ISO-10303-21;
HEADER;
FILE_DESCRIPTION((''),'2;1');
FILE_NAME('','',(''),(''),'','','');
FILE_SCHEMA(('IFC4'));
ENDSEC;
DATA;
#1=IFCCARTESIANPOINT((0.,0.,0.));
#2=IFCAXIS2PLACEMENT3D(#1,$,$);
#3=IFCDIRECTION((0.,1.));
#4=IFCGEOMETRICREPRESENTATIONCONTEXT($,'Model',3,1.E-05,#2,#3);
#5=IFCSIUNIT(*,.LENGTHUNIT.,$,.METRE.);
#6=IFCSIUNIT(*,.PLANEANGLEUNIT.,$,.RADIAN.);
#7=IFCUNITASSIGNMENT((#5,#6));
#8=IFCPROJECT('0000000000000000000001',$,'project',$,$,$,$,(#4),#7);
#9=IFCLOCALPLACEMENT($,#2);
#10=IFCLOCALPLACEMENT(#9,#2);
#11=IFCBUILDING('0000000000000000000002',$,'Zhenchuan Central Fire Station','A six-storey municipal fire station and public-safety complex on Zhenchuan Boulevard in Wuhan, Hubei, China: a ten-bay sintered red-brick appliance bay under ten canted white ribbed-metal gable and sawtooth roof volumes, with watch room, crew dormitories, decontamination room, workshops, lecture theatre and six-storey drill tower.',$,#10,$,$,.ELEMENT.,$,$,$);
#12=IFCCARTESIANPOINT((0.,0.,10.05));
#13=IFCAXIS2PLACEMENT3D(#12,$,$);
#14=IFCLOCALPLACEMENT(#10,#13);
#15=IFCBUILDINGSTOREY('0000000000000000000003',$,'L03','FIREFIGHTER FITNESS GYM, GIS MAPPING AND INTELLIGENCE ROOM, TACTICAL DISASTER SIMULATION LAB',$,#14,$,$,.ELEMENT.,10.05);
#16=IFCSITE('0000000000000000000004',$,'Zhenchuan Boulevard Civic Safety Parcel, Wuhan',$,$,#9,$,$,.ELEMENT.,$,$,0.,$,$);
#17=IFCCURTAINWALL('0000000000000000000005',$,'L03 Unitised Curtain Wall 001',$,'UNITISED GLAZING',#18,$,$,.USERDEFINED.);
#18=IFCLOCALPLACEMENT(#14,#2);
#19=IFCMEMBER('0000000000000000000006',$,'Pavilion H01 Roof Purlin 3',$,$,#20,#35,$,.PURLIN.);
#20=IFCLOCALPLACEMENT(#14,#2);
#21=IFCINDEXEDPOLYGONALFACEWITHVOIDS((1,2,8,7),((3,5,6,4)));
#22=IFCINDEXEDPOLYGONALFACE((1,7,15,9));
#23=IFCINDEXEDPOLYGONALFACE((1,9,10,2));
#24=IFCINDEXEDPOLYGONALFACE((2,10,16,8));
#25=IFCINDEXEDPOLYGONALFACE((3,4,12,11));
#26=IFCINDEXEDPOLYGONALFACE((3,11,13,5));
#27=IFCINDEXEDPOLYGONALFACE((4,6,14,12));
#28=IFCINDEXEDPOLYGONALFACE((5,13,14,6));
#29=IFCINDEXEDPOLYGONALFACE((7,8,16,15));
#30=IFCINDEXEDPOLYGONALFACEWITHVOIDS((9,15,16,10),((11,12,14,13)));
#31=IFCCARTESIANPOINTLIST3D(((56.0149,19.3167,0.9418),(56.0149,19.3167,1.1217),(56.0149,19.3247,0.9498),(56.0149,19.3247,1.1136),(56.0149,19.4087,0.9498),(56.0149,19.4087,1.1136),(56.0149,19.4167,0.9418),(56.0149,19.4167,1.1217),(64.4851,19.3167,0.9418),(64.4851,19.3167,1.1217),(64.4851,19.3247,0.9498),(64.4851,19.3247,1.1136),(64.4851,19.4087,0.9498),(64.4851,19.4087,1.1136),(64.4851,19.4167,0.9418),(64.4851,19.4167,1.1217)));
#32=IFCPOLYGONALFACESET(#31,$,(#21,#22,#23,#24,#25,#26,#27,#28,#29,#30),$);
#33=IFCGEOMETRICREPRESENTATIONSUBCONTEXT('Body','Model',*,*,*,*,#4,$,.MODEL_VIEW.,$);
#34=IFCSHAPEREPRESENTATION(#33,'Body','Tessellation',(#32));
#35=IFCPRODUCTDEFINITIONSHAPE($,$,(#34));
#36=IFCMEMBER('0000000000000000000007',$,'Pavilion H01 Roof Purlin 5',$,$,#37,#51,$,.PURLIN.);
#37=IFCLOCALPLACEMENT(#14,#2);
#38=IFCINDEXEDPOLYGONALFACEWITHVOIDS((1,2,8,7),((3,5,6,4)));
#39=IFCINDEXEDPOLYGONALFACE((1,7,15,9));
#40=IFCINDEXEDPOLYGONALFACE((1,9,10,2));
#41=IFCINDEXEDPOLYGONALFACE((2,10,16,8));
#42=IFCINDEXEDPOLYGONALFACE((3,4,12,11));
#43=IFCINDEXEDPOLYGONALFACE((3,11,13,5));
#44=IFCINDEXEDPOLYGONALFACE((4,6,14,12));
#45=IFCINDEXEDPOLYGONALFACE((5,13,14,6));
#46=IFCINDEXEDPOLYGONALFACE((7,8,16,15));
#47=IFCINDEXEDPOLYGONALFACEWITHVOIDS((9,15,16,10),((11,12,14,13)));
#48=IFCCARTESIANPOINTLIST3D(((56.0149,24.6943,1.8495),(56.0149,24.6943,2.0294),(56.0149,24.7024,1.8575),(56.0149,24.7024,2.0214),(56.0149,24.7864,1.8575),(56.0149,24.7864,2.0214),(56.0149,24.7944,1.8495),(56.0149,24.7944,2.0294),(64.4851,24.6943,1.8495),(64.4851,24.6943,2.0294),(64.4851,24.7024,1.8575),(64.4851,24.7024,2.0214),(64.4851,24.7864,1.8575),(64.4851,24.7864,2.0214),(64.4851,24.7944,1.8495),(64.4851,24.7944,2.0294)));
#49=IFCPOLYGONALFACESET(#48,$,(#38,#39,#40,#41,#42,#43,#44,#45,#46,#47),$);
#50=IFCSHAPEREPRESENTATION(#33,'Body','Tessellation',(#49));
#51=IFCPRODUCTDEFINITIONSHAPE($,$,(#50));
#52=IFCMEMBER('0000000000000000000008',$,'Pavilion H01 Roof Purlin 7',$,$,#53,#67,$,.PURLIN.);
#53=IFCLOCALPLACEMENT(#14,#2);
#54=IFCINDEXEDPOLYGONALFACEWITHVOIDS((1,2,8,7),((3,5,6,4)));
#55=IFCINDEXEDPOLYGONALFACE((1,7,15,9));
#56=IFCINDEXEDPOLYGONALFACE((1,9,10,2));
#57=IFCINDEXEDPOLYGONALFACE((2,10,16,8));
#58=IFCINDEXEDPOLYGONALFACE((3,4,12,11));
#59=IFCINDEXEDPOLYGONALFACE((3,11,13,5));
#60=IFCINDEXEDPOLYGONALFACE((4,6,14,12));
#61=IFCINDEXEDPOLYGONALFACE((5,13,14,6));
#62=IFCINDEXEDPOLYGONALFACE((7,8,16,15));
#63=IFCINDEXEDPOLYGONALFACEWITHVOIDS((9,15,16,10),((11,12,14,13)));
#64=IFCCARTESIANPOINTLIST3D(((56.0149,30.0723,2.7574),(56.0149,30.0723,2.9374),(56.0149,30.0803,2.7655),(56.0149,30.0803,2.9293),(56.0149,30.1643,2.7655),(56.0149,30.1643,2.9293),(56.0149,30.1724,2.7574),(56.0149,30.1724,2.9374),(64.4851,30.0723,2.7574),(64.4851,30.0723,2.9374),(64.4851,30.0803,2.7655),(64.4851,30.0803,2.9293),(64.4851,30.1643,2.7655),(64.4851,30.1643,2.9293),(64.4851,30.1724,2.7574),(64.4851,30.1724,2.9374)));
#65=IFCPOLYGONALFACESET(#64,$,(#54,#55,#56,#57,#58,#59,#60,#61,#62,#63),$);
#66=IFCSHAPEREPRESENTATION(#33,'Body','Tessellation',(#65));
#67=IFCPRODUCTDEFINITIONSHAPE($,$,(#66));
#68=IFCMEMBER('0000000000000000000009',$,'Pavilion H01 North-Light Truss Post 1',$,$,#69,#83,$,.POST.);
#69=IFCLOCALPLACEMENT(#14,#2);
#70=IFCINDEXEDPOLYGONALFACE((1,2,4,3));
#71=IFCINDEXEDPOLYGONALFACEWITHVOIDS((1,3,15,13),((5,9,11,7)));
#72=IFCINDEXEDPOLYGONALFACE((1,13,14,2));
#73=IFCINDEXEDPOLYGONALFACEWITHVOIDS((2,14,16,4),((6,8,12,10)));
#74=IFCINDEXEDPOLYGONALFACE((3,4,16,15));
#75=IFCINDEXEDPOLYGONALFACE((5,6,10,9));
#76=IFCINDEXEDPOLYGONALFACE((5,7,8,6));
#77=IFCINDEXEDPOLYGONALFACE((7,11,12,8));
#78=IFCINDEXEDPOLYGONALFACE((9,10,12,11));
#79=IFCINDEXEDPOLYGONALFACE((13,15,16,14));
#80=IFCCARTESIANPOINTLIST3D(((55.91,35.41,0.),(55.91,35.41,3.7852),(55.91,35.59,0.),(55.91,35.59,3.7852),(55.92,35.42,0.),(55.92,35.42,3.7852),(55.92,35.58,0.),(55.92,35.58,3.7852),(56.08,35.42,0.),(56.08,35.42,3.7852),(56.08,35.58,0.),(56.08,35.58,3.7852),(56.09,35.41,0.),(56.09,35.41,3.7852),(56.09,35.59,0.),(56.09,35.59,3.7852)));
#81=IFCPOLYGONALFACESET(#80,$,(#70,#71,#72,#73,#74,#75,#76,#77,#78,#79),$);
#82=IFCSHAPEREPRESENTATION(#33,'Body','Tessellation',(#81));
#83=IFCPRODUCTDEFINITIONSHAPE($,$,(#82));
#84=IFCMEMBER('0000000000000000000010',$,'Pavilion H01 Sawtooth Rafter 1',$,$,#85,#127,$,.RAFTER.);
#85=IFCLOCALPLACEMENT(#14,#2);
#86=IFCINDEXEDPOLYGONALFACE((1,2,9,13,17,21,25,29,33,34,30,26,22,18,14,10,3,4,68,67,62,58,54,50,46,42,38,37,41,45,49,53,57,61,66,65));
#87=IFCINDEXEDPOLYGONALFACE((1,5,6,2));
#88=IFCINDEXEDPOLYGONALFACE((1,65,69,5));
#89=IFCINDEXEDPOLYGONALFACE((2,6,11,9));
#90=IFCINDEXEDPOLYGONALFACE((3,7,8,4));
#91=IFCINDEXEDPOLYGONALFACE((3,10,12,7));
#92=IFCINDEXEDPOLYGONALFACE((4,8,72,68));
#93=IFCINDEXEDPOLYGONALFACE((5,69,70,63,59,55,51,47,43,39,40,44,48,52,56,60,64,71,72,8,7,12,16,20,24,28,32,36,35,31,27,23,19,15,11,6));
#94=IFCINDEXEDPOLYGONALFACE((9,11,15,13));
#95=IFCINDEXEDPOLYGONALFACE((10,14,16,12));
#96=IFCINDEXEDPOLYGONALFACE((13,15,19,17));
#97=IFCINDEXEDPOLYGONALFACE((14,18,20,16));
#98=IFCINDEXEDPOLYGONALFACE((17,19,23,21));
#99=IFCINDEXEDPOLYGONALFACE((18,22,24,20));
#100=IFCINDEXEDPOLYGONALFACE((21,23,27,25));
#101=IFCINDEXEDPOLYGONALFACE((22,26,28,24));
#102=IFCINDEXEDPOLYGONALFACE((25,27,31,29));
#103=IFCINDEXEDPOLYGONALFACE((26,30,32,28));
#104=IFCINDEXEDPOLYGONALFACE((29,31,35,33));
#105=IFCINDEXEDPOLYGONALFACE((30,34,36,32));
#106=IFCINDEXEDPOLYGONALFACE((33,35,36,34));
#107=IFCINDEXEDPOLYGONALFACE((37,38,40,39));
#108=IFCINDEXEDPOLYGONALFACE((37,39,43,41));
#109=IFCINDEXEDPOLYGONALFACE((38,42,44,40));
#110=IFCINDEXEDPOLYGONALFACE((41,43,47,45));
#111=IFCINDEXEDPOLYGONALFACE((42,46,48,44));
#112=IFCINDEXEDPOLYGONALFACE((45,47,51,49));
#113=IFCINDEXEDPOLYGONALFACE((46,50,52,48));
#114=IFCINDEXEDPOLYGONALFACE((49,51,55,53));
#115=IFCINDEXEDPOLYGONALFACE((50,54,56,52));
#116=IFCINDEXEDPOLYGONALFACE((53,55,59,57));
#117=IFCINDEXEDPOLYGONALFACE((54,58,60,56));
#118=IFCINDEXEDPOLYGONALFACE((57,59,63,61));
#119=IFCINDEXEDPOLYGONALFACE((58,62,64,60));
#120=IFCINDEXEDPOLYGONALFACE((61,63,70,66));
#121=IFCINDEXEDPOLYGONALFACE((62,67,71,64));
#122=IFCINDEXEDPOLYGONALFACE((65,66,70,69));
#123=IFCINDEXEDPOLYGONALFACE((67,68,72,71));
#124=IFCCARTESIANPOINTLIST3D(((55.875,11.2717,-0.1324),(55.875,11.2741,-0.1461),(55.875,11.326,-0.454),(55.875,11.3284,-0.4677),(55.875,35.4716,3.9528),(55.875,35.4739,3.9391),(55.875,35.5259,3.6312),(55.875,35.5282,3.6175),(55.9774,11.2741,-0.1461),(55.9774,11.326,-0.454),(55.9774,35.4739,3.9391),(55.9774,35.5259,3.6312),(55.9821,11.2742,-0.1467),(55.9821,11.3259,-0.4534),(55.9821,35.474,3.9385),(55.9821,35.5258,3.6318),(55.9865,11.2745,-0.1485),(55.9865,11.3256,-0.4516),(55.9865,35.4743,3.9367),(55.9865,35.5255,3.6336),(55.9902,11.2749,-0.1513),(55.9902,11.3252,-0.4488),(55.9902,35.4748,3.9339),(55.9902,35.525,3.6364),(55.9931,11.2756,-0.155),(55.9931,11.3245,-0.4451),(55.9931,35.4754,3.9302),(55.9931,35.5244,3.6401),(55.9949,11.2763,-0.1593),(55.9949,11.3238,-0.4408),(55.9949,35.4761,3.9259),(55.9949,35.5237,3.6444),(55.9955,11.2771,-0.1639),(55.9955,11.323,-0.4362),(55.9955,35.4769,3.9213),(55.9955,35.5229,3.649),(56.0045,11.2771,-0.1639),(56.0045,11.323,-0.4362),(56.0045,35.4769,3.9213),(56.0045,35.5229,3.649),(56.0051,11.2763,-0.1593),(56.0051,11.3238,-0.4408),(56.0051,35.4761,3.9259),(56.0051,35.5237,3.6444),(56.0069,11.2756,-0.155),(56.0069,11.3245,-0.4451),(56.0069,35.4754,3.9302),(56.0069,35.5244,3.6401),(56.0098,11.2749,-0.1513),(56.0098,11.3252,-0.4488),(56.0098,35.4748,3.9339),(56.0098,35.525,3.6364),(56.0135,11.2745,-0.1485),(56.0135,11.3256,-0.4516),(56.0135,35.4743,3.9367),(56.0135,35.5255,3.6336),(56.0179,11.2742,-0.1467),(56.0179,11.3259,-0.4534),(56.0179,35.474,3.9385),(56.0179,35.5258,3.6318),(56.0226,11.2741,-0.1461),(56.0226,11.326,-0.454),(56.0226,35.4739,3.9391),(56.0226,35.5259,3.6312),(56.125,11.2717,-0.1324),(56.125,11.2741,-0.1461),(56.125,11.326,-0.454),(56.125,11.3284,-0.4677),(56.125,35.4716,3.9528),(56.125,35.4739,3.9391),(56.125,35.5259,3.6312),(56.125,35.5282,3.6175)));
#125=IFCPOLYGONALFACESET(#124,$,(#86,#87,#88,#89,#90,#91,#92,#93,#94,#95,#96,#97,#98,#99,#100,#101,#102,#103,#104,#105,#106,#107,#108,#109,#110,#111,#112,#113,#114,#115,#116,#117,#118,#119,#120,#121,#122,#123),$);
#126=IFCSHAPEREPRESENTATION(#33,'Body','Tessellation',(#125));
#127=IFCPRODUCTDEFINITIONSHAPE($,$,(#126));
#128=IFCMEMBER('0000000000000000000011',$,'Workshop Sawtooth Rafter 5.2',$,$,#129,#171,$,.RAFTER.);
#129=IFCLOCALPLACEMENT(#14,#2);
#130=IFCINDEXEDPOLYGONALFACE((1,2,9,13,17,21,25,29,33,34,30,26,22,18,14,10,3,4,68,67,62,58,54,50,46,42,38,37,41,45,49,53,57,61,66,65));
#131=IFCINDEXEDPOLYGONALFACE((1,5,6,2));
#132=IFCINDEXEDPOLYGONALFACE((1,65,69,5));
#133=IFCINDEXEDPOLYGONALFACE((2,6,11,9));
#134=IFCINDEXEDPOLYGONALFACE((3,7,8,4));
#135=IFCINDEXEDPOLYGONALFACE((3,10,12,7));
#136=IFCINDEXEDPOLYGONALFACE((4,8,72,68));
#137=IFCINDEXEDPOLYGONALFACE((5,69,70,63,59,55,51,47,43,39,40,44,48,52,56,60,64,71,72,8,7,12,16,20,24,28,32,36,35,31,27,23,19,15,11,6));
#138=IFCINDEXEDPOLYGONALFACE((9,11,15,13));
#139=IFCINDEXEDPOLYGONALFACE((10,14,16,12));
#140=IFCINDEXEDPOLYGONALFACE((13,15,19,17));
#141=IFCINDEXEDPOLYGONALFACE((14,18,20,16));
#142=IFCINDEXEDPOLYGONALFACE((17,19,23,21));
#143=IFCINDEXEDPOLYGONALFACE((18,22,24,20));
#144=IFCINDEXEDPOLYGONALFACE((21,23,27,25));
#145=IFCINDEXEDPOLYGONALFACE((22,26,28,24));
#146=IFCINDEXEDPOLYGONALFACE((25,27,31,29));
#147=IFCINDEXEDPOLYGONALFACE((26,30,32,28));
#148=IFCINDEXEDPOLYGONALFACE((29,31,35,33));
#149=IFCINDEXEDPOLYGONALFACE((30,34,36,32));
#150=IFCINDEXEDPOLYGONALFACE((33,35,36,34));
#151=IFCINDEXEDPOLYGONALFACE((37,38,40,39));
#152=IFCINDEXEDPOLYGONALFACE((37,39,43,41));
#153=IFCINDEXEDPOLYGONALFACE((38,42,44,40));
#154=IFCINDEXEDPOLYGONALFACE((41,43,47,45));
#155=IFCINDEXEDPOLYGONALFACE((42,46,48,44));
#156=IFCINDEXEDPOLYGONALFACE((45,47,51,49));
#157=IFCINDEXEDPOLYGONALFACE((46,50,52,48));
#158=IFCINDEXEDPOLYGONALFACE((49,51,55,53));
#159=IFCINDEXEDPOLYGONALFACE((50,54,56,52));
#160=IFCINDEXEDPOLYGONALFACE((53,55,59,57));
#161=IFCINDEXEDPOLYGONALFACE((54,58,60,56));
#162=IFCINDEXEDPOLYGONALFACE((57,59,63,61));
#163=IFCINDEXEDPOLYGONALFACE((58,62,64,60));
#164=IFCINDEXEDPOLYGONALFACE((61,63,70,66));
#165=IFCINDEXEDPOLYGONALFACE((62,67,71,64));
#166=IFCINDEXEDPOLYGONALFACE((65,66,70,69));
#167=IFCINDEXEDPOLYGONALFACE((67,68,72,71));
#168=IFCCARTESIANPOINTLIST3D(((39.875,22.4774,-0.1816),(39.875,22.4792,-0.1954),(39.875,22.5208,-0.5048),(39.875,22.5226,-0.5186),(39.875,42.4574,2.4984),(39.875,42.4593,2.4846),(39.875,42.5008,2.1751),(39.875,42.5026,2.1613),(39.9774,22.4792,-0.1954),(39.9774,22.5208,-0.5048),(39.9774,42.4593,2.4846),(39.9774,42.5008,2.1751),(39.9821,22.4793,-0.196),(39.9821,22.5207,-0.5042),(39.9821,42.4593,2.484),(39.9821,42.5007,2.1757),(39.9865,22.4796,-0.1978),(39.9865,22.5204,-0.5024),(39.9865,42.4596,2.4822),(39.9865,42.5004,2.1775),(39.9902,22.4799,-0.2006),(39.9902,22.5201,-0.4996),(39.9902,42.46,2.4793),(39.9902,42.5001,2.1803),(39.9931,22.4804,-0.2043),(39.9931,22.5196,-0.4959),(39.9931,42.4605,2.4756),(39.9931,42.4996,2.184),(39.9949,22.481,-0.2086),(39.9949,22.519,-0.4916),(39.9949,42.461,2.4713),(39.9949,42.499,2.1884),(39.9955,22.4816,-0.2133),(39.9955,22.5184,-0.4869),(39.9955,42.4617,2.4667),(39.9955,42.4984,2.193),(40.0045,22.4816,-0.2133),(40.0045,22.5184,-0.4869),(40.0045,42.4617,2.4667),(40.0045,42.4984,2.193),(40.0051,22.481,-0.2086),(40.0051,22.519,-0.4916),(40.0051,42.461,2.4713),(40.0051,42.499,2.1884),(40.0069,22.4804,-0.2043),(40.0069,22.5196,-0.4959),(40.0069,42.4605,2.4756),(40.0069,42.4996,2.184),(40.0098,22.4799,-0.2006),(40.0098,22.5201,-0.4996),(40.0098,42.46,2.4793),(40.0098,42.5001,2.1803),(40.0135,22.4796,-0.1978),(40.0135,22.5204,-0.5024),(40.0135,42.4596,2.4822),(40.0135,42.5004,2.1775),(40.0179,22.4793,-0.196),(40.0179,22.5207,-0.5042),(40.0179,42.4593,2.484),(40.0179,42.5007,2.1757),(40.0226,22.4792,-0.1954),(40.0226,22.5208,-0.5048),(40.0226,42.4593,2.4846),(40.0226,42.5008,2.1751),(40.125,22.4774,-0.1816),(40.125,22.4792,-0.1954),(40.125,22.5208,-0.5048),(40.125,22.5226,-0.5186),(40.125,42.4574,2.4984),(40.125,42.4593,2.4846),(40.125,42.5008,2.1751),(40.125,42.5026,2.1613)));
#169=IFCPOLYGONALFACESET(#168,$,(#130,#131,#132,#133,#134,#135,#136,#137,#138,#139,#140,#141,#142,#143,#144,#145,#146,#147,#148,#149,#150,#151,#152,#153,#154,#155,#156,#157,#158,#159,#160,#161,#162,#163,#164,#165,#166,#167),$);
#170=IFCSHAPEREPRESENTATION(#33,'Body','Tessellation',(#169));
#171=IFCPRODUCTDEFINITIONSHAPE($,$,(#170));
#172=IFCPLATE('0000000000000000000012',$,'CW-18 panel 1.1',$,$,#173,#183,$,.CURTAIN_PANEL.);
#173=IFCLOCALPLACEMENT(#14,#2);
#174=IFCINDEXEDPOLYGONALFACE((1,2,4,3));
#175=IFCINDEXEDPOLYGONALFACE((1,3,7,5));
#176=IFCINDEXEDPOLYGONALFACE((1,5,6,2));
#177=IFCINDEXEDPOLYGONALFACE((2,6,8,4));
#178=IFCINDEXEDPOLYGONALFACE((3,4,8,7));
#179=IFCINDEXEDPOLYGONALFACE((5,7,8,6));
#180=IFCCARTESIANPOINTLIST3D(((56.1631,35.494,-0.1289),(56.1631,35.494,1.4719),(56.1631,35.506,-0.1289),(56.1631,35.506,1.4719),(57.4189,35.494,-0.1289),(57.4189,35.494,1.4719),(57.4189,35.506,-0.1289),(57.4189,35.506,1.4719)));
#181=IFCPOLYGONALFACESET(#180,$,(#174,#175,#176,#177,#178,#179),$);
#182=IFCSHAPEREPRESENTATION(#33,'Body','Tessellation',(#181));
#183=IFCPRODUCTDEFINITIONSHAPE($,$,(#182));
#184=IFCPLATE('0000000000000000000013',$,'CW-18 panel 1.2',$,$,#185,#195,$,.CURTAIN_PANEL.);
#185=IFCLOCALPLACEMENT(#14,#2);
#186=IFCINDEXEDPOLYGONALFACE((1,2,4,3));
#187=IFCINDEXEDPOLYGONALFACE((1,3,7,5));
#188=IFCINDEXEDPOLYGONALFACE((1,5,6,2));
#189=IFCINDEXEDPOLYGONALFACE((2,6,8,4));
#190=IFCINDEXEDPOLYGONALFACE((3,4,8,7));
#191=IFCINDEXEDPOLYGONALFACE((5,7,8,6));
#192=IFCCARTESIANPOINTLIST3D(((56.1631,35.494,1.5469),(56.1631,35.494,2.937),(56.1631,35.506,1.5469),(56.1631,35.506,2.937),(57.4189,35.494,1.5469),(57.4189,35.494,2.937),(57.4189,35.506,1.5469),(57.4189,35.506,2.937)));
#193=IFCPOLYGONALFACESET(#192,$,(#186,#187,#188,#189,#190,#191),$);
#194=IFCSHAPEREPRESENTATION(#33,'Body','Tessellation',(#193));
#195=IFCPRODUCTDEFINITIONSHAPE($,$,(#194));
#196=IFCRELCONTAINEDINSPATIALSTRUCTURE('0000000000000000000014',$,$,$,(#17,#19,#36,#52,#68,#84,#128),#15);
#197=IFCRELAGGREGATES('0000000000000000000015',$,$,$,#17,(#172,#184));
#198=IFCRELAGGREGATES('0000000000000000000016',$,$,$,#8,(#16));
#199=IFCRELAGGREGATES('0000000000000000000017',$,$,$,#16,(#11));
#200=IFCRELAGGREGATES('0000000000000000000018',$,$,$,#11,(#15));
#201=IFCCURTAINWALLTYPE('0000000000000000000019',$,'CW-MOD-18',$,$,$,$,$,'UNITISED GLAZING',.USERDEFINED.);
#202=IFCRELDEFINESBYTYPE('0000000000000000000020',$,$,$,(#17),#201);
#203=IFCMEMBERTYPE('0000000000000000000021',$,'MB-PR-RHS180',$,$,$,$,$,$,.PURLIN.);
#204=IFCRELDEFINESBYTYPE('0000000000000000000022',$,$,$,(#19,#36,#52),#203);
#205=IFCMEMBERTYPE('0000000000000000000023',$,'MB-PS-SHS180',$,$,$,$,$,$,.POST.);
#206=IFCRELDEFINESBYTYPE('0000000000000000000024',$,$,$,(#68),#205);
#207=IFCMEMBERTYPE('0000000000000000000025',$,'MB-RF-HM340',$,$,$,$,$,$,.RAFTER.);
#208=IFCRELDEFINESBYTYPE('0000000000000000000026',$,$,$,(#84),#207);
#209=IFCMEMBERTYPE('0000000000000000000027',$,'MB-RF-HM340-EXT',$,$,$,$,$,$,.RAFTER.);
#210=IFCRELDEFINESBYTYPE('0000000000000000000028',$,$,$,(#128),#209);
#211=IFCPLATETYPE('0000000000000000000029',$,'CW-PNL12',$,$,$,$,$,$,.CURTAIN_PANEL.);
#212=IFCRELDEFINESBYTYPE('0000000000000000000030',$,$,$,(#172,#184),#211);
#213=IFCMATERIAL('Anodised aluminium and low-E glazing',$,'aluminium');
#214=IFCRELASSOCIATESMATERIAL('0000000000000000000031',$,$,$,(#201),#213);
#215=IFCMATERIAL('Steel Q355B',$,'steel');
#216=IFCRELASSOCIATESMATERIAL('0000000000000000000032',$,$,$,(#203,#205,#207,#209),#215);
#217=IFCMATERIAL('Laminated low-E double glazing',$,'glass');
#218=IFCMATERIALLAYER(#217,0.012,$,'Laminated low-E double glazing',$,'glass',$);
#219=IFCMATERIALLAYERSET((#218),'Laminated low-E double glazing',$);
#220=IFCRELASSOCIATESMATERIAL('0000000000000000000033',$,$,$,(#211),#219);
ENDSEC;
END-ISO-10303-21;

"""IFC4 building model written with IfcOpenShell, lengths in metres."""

from ifc_helpers import new_model, si_unit, direction, frame, origin, origin_2d, place, context, subcontext, project, spatial, rectangle, hollow_rectangle, i_section, extrude, material, layer, layer_set, material_profile, profile_set, type_object, element, aggregate, save


model = new_model("IFC4")

# Units and contexts
model_context = context("Model", 3, precision=1e-05, world=origin(), true_north=direction((0.0, 1.0)))
body_context = subcontext(model_context, "Body", "Model", "MODEL_VIEW")
ifc_project = project(units=[si_unit("LENGTHUNIT", "METRE"), si_unit("PLANEANGLEUNIT", "RADIAN")], contexts=[model_context])

# Site, building, storey
site_placement = place(None, origin())
site = spatial("IfcSite", under=ifc_project, at=site_placement, Name="Zhenchuan Boulevard Civic Safety Parcel, Wuhan", CompositionType="ELEMENT", RefElevation=0.0)
building_placement = place(site_placement, origin())
building = spatial("IfcBuilding", under=site, at=building_placement, Name="Zhenchuan Central Fire Station", Description="A six-storey municipal fire station and public-safety complex on Zhenchuan Boulevard in Wuhan, Hubei, China: a ten-bay sintered red-brick appliance bay under ten canted white ribbed-metal gable and sawtooth roof volumes, with watch room, crew dormitories, decontamination room, workshops, lecture theatre and six-storey drill tower.", CompositionType="ELEMENT")
storey_placement = place(building_placement, frame((0.0, 0.0, 10.05)))
storey = spatial("IfcBuildingStorey", under=building, at=storey_placement, Name="L03", Description="FIREFIGHTER FITNESS GYM, GIS MAPPING AND INTELLIGENCE ROOM, TACTICAL DISASTER SIMULATION LAB", CompositionType="ELEMENT", Elevation=10.05)

# Shared definitions
ifc_material_1 = material(Name="Steel Q355B", Category="steel")

# Curtain wall
ifc_material_2 = material(Name="Anodised aluminium and low-E glazing", Category="aluminium")
curtain_wall_type = type_object("IfcCurtainWallType", Name="CW-MOD-18", ElementType="UNITISED GLAZING", PredefinedType="USERDEFINED", material=ifc_material_2)
curtain_wall_placement = place(storey_placement, origin())
curtain_wall = element("IfcCurtainWall", 1, at=curtain_wall_placement, inside=storey, type_object=curtain_wall_type, Name="L03 Unitised Curtain Wall 001", ObjectType="UNITISED GLAZING", PredefinedType="USERDEFINED")

# Members
ifc_material_profile_1 = material_profile(ifc_material_1, hollow_rectangle(XDim=0.1001, YDim=0.1799, WallThickness=0.0081, at=origin_2d()), Name="RHS 180x100x8")
ifc_profile_set_1 = profile_set([ifc_material_profile_1], Name="Steel Q355B")
member_type_1 = type_object("IfcMemberType", Name="MB-PR-RHS180", PredefinedType="PURLIN", material=ifc_profile_set_1)
for number, where, z_axis, x_axis, name in (
    (2, (56.0149, 19.3667, 1.0317), (1.0, 0.0, 0.0), (0.0, 1.0, 0.0), "Pavilion H01 Roof Purlin 3"),
    (3, (56.0149, 24.7444, 1.9395), (1.0, 0.0, 0.0), (0.0, 1.0, 0.0), "Pavilion H01 Roof Purlin 5"),
    (4, (56.0149, 30.1223, 2.8474), (1.0, 0.0, 0.0), (0.0, 1.0, 0.0), "Pavilion H01 Roof Purlin 7"),
):
    element("IfcMember", number, at=place(storey_placement, frame(where, z_axis=z_axis, x_axis=x_axis)), inside=storey, type_object=member_type_1, Name=name, PredefinedType="PURLIN", context=body_context, shape_type="SweptSolid", body=[
        extrude(hollow_rectangle(XDim=0.1001, YDim=0.1799, WallThickness=0.0081, at=origin_2d()), origin(), (0.0, 0.0, 1.0), 8.4702),
    ])
ifc_material_profile_2 = material_profile(ifc_material_1, hollow_rectangle(XDim=0.1799, YDim=0.1799, WallThickness=0.01, at=origin_2d()), Name="SHS 180x180x10")
ifc_profile_set_2 = profile_set([ifc_material_profile_2], Name="Steel Q355B")
member_type_2 = type_object("IfcMemberType", Name="MB-PS-SHS180", PredefinedType="POST", material=ifc_profile_set_2)
member_1_placement = place(storey_placement, frame((56.0, 35.5, 0.0), z_axis=(0.0, 0.0, 1.0), x_axis=(1.0, 0.0, 0.0)))
element("IfcMember", 5, at=member_1_placement, inside=storey, type_object=member_type_2, Name="Pavilion H01 North-Light Truss Post 1", PredefinedType="POST", context=body_context, shape_type="SweptSolid", body=[
    extrude(hollow_rectangle(XDim=0.1799, YDim=0.1799, WallThickness=0.01, at=origin_2d()), origin(), (0.0, 0.0, 1.0), 3.7852),
])
ifc_material_profile_3 = material_profile(ifc_material_1, i_section(OverallWidth=0.25, OverallDepth=0.3401, WebThickness=0.009, FlangeThickness=0.0139, FilletRadius=0.0181, at=origin_2d()), Name="HM 340x250")
ifc_profile_set_3 = profile_set([ifc_material_profile_3], Name="Steel Q355B")
member_type_3 = type_object("IfcMemberType", Name="MB-RF-HM340", PredefinedType="RAFTER", material=ifc_profile_set_3)
member_2_placement = place(storey_placement, frame((56.0, 11.3, -0.3), z_axis=(0.0, 0.986049, 0.166455), x_axis=(-1.0, 0.0, 0.0)))
element("IfcMember", 6, at=member_2_placement, inside=storey, type_object=member_type_3, Name="Pavilion H01 Sawtooth Rafter 1", PredefinedType="RAFTER", context=body_context, shape_type="SweptSolid", body=[
    extrude(i_section(OverallWidth=0.25, OverallDepth=0.3401, WebThickness=0.009, FlangeThickness=0.0139, FilletRadius=0.0181, at=origin_2d()), origin(), (0.0, 0.0, 1.0), 24.5422),
])
ifc_material_profile_4 = material_profile(ifc_material_1, i_section(OverallWidth=0.25, OverallDepth=0.3401, WebThickness=0.009, FlangeThickness=0.0139, FilletRadius=0.0181, at=origin_2d()), Name="HM 340x250")
ifc_profile_set_4 = profile_set([ifc_material_profile_4], Name="Steel Q355B")
member_type_4 = type_object("IfcMemberType", Name="MB-RF-HM340-EXT", PredefinedType="RAFTER", material=ifc_profile_set_4)
member_3_placement = place(storey_placement, frame((40.0, 22.5, -0.3501), z_axis=(0.0, 0.991124, 0.13294), x_axis=(-1.0, 0.0, 0.0)))
element("IfcMember", 7, at=member_3_placement, inside=storey, type_object=member_type_4, Name="Workshop Sawtooth Rafter 5.2", PredefinedType="RAFTER", context=body_context, shape_type="SweptSolid", body=[
    extrude(i_section(OverallWidth=0.25, OverallDepth=0.3401, WebThickness=0.009, FlangeThickness=0.0139, FilletRadius=0.0181, at=origin_2d()), origin(), (0.0, 0.0, 1.0), 20.1589),
])

# Plates
ifc_material_3 = material(Name="Laminated low-E double glazing", Category="glass")
ifc_layer_1 = layer(ifc_material_3, 0.012, Name="Laminated low-E double glazing", Category="glass")
ifc_layer_set_1 = layer_set([ifc_layer_1], Name="Laminated low-E double glazing")
plate_type_1 = type_object("IfcPlateType", Name="CW-PNL12", PredefinedType="CURTAIN_PANEL", material=ifc_layer_set_1)
plate_1_placement = place(storey_placement, frame((56.791, 35.5, -0.1289), z_axis=(0.0, 0.0, 1.0), x_axis=(1.0, 0.0, 0.0)))
plate_1 = element("IfcPlate", 8, at=plate_1_placement, type_object=plate_type_1, Name="CW-18 panel 1.1", PredefinedType="CURTAIN_PANEL", context=body_context, shape_type="SweptSolid", body=[
    extrude(rectangle(XDim=1.2559, YDim=0.012, at=origin_2d()), origin(), (0.0, 0.0, 1.0), 1.6008),
])
plate_2_placement = place(storey_placement, frame((56.791, 35.5, 1.5469), z_axis=(0.0, 0.0, 1.0), x_axis=(1.0, 0.0, 0.0)))
plate_2 = element("IfcPlate", 9, at=plate_2_placement, type_object=plate_type_1, Name="CW-18 panel 1.2", PredefinedType="CURTAIN_PANEL", context=body_context, shape_type="SweptSolid", body=[
    extrude(rectangle(XDim=1.2559, YDim=0.012, at=origin_2d()), origin(), (0.0, 0.0, 1.0), 1.3901),
])
aggregate(curtain_wall, [plate_1, plate_2])

save(model, "model.ifc")
